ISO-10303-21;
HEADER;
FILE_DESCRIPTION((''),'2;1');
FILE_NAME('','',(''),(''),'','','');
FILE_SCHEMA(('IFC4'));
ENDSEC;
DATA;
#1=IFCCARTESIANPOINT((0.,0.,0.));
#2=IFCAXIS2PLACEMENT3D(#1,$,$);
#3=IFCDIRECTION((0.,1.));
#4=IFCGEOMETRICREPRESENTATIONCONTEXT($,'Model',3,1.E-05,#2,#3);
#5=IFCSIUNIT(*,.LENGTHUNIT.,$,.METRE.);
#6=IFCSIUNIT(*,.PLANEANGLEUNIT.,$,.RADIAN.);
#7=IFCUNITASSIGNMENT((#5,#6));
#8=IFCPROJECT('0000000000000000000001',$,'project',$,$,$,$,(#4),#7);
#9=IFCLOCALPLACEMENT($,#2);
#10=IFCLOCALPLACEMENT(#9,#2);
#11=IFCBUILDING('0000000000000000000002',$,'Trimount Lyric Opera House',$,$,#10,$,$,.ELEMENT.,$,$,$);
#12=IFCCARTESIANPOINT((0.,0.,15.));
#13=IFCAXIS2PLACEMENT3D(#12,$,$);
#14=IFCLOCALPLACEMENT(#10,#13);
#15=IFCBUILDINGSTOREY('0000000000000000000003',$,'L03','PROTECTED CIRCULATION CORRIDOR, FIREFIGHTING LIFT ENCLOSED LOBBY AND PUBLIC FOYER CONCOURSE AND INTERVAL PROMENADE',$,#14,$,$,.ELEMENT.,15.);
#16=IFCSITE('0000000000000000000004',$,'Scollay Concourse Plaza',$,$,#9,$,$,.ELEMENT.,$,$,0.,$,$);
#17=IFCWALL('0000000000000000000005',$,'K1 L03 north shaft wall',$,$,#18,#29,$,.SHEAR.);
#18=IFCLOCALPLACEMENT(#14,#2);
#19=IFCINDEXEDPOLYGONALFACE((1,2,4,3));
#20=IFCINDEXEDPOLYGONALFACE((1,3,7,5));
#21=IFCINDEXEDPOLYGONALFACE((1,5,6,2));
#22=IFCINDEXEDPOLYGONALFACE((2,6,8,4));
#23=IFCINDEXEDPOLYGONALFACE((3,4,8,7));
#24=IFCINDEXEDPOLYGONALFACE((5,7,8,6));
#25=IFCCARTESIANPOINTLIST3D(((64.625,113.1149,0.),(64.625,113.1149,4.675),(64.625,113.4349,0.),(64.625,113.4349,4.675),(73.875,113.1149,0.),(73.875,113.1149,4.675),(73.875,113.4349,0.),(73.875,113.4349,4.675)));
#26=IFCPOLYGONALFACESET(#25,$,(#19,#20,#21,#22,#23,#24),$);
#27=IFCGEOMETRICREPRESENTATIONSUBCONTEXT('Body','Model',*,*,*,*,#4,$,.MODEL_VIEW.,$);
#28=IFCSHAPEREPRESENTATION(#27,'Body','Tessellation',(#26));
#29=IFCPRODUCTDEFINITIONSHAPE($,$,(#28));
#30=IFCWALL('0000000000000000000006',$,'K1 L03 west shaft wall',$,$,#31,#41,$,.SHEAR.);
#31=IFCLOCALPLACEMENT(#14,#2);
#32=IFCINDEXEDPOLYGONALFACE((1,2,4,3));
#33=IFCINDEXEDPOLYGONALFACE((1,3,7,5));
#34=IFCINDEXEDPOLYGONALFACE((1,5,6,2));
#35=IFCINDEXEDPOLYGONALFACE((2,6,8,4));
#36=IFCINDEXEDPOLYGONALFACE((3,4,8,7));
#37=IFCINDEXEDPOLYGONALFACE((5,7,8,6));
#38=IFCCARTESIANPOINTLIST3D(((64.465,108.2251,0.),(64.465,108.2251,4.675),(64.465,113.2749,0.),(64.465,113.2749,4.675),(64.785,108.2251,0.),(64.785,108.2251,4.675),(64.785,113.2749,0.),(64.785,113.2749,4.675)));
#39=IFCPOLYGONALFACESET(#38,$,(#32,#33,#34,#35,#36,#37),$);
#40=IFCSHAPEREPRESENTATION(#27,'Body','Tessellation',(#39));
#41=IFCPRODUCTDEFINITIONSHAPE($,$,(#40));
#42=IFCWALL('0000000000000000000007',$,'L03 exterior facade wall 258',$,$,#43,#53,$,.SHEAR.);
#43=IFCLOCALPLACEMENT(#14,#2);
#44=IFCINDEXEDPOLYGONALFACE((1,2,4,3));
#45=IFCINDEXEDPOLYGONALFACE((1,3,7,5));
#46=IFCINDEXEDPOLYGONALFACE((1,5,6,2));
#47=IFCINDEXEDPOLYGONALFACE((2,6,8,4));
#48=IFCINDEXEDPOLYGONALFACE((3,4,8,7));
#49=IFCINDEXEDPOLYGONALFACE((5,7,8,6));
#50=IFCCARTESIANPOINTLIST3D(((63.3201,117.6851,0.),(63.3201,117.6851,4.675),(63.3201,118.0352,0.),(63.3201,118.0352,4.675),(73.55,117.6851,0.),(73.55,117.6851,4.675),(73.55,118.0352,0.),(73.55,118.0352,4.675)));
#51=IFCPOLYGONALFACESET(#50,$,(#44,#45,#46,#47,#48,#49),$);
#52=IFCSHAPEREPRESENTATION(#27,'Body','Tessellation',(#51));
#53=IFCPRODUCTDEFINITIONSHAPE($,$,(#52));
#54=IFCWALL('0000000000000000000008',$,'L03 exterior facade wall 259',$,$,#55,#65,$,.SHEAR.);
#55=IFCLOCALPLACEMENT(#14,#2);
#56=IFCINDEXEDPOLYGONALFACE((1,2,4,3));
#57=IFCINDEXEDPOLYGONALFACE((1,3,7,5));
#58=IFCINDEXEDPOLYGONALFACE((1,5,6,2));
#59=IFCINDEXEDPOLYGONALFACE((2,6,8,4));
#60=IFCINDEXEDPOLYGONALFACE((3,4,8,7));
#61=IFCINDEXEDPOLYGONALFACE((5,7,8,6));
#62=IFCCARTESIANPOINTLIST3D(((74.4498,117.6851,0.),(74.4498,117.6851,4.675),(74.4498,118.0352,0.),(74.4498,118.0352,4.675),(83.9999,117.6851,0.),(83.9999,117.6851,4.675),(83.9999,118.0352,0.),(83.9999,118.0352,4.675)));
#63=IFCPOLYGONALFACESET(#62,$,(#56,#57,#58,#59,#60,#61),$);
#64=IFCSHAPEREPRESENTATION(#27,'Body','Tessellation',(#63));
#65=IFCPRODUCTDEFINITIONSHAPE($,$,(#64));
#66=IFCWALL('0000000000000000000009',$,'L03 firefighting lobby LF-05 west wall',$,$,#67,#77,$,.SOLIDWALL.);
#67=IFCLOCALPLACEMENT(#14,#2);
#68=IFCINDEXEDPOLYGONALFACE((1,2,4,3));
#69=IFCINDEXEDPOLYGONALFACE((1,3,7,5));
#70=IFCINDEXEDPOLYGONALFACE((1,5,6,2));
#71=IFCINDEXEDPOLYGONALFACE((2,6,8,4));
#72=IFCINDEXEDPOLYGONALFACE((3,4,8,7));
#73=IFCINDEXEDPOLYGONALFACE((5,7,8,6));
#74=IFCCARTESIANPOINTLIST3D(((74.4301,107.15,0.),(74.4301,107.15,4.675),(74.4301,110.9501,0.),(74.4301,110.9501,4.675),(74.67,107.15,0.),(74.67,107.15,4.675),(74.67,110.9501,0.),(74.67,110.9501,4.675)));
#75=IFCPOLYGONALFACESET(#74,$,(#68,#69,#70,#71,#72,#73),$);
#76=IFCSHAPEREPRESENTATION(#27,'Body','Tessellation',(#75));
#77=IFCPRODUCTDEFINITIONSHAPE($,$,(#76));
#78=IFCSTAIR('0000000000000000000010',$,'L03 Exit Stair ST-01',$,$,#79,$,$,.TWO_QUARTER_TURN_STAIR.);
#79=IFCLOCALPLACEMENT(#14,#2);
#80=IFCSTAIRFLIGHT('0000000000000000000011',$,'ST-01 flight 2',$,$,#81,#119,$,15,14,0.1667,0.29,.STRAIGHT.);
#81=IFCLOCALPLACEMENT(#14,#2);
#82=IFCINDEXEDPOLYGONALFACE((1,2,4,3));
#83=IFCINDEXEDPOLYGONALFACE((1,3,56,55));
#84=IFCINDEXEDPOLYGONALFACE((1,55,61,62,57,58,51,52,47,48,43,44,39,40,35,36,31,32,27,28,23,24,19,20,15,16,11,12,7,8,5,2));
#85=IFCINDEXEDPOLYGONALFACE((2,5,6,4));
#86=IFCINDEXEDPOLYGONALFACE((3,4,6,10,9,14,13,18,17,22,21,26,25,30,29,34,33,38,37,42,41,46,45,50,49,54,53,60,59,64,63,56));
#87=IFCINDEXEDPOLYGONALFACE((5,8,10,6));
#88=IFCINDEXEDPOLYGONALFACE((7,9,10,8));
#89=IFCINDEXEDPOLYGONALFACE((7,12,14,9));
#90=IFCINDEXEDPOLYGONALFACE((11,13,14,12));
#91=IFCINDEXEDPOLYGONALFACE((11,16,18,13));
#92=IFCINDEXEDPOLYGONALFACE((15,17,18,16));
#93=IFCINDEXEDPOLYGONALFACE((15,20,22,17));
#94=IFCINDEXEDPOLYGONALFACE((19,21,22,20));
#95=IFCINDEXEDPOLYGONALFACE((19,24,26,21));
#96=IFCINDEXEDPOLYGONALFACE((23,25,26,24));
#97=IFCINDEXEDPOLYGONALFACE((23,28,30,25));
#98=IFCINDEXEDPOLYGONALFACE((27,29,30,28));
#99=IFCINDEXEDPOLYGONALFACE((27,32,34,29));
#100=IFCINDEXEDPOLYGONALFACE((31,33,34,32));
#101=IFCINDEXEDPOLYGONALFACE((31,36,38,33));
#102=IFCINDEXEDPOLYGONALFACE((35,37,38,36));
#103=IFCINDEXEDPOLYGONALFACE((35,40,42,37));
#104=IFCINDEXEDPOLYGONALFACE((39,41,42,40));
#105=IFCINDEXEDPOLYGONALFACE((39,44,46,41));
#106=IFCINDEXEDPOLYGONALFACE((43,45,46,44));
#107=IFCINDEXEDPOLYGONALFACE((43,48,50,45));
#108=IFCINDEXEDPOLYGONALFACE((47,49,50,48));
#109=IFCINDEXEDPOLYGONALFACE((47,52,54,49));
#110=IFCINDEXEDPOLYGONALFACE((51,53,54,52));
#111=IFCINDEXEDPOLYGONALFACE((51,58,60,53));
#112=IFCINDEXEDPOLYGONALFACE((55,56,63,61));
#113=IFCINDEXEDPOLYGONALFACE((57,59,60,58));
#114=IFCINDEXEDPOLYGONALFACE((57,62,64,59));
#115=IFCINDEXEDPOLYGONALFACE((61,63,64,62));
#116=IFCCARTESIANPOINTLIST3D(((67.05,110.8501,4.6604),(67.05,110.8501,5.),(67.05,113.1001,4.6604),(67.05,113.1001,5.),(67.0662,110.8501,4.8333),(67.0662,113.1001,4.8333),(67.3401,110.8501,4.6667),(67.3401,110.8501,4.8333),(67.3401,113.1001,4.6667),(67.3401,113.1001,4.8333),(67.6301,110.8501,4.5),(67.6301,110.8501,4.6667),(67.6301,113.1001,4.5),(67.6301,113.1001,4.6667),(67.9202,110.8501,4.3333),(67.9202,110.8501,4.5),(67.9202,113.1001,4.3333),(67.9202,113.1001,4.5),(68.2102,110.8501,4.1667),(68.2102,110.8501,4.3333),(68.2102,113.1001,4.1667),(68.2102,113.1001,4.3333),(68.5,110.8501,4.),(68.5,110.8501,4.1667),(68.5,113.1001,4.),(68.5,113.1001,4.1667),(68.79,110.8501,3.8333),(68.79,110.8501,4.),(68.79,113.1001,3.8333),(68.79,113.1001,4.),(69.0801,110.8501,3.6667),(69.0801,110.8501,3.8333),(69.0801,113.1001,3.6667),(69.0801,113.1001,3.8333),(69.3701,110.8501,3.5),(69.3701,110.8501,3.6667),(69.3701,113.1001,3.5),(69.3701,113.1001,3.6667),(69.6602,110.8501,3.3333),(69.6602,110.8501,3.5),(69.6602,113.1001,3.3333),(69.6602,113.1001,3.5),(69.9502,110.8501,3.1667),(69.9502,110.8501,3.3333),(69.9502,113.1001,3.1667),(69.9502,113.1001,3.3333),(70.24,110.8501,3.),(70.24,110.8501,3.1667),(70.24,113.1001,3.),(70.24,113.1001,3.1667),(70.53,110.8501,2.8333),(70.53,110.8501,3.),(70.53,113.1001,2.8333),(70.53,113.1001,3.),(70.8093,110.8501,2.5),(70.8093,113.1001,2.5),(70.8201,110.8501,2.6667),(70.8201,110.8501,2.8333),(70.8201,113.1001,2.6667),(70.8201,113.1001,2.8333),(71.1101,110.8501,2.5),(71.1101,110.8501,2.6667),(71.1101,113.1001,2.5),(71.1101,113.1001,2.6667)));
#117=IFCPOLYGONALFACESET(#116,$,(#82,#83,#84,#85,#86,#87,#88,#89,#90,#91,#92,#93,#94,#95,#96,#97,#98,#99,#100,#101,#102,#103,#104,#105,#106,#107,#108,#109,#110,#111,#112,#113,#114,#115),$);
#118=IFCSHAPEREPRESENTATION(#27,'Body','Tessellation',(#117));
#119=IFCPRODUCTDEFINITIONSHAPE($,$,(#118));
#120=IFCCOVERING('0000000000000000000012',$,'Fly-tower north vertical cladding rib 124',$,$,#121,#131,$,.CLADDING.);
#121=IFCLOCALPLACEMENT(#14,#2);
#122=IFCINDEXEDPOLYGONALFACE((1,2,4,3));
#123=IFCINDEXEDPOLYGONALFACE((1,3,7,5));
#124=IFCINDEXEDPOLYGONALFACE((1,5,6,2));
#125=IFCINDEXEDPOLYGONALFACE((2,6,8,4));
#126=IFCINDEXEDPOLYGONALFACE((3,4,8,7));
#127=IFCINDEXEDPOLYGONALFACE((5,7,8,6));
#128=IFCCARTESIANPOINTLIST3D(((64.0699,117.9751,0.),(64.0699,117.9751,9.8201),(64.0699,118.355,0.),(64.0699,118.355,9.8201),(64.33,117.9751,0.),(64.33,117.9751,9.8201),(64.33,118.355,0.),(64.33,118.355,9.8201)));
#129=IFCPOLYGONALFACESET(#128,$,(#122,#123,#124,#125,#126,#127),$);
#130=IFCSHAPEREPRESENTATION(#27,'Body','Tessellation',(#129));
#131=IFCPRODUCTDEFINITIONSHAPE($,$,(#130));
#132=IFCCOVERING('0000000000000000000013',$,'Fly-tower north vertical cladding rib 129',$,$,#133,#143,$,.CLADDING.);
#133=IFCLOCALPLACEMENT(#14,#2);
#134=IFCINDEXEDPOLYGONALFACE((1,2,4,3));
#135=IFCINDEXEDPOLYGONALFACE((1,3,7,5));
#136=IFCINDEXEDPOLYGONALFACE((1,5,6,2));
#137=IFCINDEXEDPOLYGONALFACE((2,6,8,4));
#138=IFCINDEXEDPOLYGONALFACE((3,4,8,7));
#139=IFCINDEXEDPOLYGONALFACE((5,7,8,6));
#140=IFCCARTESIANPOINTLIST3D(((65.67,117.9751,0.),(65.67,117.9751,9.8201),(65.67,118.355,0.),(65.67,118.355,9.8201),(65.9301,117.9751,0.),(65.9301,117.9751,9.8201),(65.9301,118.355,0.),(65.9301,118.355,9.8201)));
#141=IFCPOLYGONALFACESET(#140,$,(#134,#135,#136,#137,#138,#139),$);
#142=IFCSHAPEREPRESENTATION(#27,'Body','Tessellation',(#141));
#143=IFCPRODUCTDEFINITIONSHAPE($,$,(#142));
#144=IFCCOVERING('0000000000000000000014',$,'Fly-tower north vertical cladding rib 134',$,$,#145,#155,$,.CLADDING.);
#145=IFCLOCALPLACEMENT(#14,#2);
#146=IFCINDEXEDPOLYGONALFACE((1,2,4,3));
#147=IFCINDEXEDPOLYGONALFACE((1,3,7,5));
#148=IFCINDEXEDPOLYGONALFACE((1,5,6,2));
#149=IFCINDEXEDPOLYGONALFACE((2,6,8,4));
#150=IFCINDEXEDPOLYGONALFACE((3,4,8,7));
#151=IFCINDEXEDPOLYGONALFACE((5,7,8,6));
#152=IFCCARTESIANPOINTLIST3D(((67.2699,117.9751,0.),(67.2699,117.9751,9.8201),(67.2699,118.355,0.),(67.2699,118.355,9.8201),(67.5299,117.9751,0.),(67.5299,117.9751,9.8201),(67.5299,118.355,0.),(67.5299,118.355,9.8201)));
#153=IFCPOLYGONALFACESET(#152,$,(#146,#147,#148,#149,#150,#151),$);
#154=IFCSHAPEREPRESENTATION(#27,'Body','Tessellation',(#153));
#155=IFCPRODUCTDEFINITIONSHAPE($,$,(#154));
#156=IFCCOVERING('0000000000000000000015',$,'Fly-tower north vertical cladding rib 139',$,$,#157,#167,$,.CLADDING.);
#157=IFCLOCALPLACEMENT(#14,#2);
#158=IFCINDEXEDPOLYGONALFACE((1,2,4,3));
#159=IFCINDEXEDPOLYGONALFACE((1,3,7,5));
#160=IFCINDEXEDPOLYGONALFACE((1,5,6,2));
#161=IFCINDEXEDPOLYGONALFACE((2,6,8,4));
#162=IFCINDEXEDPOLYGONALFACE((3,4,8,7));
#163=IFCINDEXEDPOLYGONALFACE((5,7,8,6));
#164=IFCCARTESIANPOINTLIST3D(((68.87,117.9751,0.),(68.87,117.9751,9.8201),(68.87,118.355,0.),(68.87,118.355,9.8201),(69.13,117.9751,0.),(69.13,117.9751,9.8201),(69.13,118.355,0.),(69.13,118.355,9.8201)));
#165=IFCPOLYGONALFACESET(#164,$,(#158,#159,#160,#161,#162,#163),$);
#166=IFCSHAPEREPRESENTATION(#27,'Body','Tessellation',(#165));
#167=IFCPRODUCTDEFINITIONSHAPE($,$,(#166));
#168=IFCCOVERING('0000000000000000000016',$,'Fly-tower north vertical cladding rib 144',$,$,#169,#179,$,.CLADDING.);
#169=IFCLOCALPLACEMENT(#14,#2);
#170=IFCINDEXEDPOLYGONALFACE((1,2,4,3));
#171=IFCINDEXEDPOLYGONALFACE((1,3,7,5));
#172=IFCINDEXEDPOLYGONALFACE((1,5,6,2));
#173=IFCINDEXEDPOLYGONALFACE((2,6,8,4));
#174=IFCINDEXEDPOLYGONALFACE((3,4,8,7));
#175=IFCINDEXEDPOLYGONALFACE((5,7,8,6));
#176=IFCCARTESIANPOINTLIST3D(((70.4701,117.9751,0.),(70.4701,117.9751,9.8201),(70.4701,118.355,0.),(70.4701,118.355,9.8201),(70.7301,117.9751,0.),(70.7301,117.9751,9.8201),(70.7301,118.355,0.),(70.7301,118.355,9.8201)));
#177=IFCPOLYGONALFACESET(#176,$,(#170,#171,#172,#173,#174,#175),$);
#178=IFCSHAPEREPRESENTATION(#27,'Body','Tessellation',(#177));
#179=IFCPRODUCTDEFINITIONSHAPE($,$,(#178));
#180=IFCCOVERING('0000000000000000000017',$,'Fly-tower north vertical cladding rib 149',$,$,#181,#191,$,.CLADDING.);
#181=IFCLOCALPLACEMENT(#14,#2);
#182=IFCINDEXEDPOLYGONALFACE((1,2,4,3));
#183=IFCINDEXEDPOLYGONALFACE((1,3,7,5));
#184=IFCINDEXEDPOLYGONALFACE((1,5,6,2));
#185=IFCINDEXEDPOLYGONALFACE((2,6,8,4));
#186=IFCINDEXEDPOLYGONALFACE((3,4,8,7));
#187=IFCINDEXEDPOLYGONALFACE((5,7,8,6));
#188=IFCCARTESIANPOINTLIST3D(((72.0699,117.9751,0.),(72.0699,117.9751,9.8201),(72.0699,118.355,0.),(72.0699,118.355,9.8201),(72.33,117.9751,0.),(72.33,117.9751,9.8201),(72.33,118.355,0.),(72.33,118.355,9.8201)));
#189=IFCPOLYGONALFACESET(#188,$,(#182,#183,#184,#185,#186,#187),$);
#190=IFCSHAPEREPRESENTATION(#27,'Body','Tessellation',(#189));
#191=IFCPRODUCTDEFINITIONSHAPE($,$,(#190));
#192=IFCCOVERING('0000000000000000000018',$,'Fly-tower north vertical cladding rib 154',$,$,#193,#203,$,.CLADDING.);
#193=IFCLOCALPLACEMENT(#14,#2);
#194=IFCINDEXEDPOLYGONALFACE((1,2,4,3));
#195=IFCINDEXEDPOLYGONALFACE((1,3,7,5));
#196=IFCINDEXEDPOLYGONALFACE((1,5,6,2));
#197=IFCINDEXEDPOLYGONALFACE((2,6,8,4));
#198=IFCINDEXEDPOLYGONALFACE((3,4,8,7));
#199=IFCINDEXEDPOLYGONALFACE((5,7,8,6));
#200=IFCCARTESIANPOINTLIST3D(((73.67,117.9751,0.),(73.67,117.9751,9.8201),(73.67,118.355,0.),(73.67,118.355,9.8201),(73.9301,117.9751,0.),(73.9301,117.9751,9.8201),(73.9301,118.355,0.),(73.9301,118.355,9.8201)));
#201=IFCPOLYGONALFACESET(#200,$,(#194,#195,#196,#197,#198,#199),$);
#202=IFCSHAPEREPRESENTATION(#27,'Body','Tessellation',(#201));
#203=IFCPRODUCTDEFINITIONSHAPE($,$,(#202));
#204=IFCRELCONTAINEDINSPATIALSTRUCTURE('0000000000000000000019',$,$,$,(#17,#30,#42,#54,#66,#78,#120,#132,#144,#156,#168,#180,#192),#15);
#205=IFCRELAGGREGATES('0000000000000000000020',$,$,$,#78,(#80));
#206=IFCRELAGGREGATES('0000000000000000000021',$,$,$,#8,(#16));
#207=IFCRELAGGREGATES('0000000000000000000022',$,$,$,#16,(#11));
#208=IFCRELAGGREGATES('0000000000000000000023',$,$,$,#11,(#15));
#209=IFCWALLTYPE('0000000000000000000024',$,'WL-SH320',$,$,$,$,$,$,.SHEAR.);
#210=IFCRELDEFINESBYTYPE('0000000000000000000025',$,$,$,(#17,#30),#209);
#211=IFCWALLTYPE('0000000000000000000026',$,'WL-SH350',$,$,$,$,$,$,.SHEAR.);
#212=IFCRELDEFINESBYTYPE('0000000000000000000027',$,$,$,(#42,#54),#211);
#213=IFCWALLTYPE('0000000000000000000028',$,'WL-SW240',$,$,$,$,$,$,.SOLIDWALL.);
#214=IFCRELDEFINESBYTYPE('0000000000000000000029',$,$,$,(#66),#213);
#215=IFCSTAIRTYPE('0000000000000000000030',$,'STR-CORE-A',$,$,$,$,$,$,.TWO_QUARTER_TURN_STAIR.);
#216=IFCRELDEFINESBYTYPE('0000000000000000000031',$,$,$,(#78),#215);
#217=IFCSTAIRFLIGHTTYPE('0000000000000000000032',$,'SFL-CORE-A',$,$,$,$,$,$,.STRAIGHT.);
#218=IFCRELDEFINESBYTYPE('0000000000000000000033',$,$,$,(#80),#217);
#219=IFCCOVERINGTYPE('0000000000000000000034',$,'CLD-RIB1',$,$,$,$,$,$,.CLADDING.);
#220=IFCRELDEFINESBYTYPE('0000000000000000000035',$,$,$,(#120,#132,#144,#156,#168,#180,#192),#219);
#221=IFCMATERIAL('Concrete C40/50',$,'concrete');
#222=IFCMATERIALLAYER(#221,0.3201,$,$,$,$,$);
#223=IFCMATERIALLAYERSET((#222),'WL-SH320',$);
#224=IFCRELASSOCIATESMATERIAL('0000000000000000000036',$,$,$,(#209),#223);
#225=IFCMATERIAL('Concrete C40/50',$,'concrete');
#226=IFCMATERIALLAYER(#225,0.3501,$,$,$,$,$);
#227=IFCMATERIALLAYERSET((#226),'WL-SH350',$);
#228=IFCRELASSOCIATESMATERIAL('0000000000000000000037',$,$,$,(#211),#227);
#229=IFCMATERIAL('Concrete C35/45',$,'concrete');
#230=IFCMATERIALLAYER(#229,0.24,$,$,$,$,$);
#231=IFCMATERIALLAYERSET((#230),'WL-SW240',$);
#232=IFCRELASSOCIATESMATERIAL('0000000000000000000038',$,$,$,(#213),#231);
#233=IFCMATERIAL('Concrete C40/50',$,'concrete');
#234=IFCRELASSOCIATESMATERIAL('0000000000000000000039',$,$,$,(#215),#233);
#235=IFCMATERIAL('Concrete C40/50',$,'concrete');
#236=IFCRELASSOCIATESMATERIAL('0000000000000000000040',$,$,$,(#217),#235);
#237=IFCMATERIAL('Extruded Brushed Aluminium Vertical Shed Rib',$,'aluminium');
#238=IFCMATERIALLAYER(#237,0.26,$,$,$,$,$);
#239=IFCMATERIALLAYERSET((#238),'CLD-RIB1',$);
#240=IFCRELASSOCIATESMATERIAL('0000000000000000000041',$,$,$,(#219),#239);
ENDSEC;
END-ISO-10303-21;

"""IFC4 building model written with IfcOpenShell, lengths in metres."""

from ifc_helpers import new_model, si_unit, direction, frame, frame_2d, origin, origin_2d, place, context, subcontext, project, spatial, polyline, rectangle, outline, extrude, material, layer, layer_set, type_object, element, aggregate, save


model = new_model("IFC4")

# Units and contexts
model_context = context("Model", 3, precision=1e-05, world=origin(), true_north=direction((0.0, 1.0)))
body_context = subcontext(model_context, "Body", "Model", "MODEL_VIEW")
ifc_project = project(units=[si_unit("LENGTHUNIT", "METRE"), si_unit("PLANEANGLEUNIT", "RADIAN")], contexts=[model_context])

# Site, building, storey
site_placement = place(None, origin())
site = spatial("IfcSite", under=ifc_project, at=site_placement, Name="Scollay Concourse Plaza", CompositionType="ELEMENT", RefElevation=0.0)
building_placement = place(site_placement, origin())
building = spatial("IfcBuilding", under=site, at=building_placement, Name="Trimount Lyric Opera House", CompositionType="ELEMENT")
storey_placement = place(building_placement, frame((0.0, 0.0, 15.0)))
storey = spatial("IfcBuildingStorey", under=building, at=storey_placement, Name="L03", Description="PROTECTED CIRCULATION CORRIDOR, FIREFIGHTING LIFT ENCLOSED LOBBY AND PUBLIC FOYER CONCOURSE AND INTERVAL PROMENADE", CompositionType="ELEMENT", Elevation=15.0)

# Walls
ifc_material_1 = material(Name="Concrete C40/50", Category="concrete")
ifc_layer_1 = layer(ifc_material_1, 0.3201)
ifc_layer_set_1 = layer_set([ifc_layer_1], Name="WL-SH320")
wall_type_1 = type_object("IfcWallType", Name="WL-SH320", PredefinedType="SHEAR", material=ifc_layer_set_1)
wall_1_placement = place(storey_placement, frame((73.875, 113.2749, 0.0), z_axis=(0.0, 0.0, 1.0), x_axis=(-1.0, 0.0, 0.0)))
element("IfcWall", 1, at=wall_1_placement, inside=storey, type_object=wall_type_1, Name="K1 L03 north shaft wall", PredefinedType="SHEAR", context=body_context, shape_type="SweptSolid", body=[
    extrude(rectangle(XDim=9.25, YDim=0.3201, at=frame_2d((4.625, 0.0))), origin(), (0.0, 0.0, 1.0), 4.675),
])
wall_2_placement = place(storey_placement, frame((64.625, 113.2749, 0.0), z_axis=(0.0, 0.0, 1.0), x_axis=(0.0, -1.0, 0.0)))
element("IfcWall", 2, at=wall_2_placement, inside=storey, type_object=wall_type_1, Name="K1 L03 west shaft wall", PredefinedType="SHEAR", context=body_context, shape_type="SweptSolid", body=[
    extrude(rectangle(XDim=5.0498, YDim=0.3201, at=frame_2d((2.5249, 0.0))), origin(), (0.0, 0.0, 1.0), 4.675),
])
ifc_material_2 = material(Name="Concrete C40/50", Category="concrete")
ifc_layer_2 = layer(ifc_material_2, 0.3501)
ifc_layer_set_2 = layer_set([ifc_layer_2], Name="WL-SH350")
wall_type_2 = type_object("IfcWallType", Name="WL-SH350", PredefinedType="SHEAR", material=ifc_layer_set_2)
wall_3_placement = place(storey_placement, frame((63.3201, 117.8601, 0.0), z_axis=(0.0, 0.0, 1.0), x_axis=(1.0, 0.0, 0.0)))
element("IfcWall", 3, at=wall_3_placement, inside=storey, type_object=wall_type_2, Name="L03 exterior facade wall 258", PredefinedType="SHEAR", context=body_context, shape_type="SweptSolid", body=[
    extrude(rectangle(XDim=10.23, YDim=0.3501, at=frame_2d((5.115, 0.0))), origin(), (0.0, 0.0, 1.0), 4.675),
])
wall_4_placement = place(storey_placement, frame((74.45, 117.8601, 0.0), z_axis=(0.0, 0.0, 1.0), x_axis=(1.0, 0.0, 0.0)))
element("IfcWall", 4, at=wall_4_placement, inside=storey, type_object=wall_type_2, Name="L03 exterior facade wall 259", PredefinedType="SHEAR", context=body_context, shape_type="SweptSolid", body=[
    extrude(rectangle(XDim=9.55, YDim=0.3501, at=frame_2d((4.7749, 0.0))), origin(), (0.0, 0.0, 1.0), 4.675),
])
ifc_material_3 = material(Name="Concrete C35/45", Category="concrete")
ifc_layer_3 = layer(ifc_material_3, 0.24)
ifc_layer_set_3 = layer_set([ifc_layer_3], Name="WL-SW240")
wall_type_3 = type_object("IfcWallType", Name="WL-SW240", PredefinedType="SOLIDWALL", material=ifc_layer_set_3)
wall_5_placement = place(storey_placement, frame((74.55, 110.95, 0.0), z_axis=(0.0, 0.0, 1.0), x_axis=(0.0, -1.0, 0.0)))
element("IfcWall", 5, at=wall_5_placement, inside=storey, type_object=wall_type_3, Name="L03 firefighting lobby LF-05 west wall", PredefinedType="SOLIDWALL", context=body_context, shape_type="SweptSolid", body=[
    extrude(rectangle(XDim=3.8, YDim=0.24, at=frame_2d((1.8999, 0.0))), origin(), (0.0, 0.0, 1.0), 4.675),
])

# Stair, stair flight
ifc_material_4 = material(Name="Concrete C40/50", Category="concrete")
stair_type = type_object("IfcStairType", Name="STR-CORE-A", PredefinedType="TWO_QUARTER_TURN_STAIR", material=ifc_material_4)
stair_placement = place(storey_placement, origin())
stair = element("IfcStair", 6, at=stair_placement, inside=storey, type_object=stair_type, Name="L03 Exit Stair ST-01", PredefinedType="TWO_QUARTER_TURN_STAIR")
ifc_material_5 = material(Name="Concrete C40/50", Category="concrete")
stair_flight_type = type_object("IfcStairFlightType", Name="SFL-CORE-A", PredefinedType="STRAIGHT", material=ifc_material_5)
stair_flight_placement = place(storey_placement, frame((71.1101, 111.9751, 2.5), z_axis=(0.0, 0.0, 1.0), x_axis=(-1.0, 0.0, 0.0)))
stair_flight = element("IfcStairFlight", 7, at=stair_flight_placement, type_object=stair_flight_type, Name="ST-01 flight 2", NumberOfRisers=15, NumberOfTreads=14, PredefinedType="STRAIGHT", RiserHeight=0.1667, TreadLength=0.29, context=body_context, shape_type="SweptSolid", body=[
    extrude(outline(polyline([(0.0, 0.0), (0.0, 0.1667), (0.29, 0.1667), (0.29, 0.3333), (0.5801, 0.3333), (0.5801, 0.5), (0.8701, 0.5), (0.8701, 0.6667), (1.1599, 0.6667), (1.1599, 0.8333), (1.45, 0.8333), (1.45, 1.0), (1.74, 1.0), (1.74, 1.1667), (2.03, 1.1667), (2.03, 1.3333), (2.3201, 1.3333), (2.3201, 1.5), (2.6101, 1.5), (2.6101, 1.6667), (2.8999, 1.6667), (2.8999, 1.8333), (3.1899, 1.8333), (3.1899, 2.0), (3.48, 2.0), (3.48, 2.1667), (3.77, 2.1667), (3.77, 2.3333), (4.0439, 2.3333), (4.0601, 2.5), (4.0601, 2.1604), (0.3008, 0.0), (0.0, 0.0)])), frame((0.0, 1.125, 0.0), z_axis=(0.0, -1.0, 0.0), x_axis=(1.0, 0.0, 0.0)), (0.0, 0.0, 1.0), 2.25),
])
aggregate(stair, [stair_flight])

# Coverings
ifc_material_6 = material(Name="Extruded Brushed Aluminium Vertical Shed Rib", Category="aluminium")
ifc_layer_4 = layer(ifc_material_6, 0.26)
ifc_layer_set_4 = layer_set([ifc_layer_4], Name="CLD-RIB1")
covering_type_1 = type_object("IfcCoveringType", Name="CLD-RIB1", PredefinedType="CLADDING", material=ifc_layer_set_4)
for number, where, z_axis, x_axis, name in (
    (8, (64.2, 118.165, 0.0), (0.0, 0.0, 1.0), (1.0, 0.0, 0.0), "Fly-tower north vertical cladding rib 124"),
    (9, (65.8, 118.165, 0.0), (0.0, 0.0, 1.0), (1.0, 0.0, 0.0), "Fly-tower north vertical cladding rib 129"),
    (10, (67.3999, 118.165, 0.0), (0.0, 0.0, 1.0), (1.0, 0.0, 0.0), "Fly-tower north vertical cladding rib 134"),
    (11, (69.0, 118.165, 0.0), (0.0, 0.0, 1.0), (1.0, 0.0, 0.0), "Fly-tower north vertical cladding rib 139"),
    (12, (70.6001, 118.165, 0.0), (0.0, 0.0, 1.0), (1.0, 0.0, 0.0), "Fly-tower north vertical cladding rib 144"),
    (13, (72.2, 118.165, 0.0), (0.0, 0.0, 1.0), (1.0, 0.0, 0.0), "Fly-tower north vertical cladding rib 149"),
    (14, (73.8, 118.165, 0.0), (0.0, 0.0, 1.0), (1.0, 0.0, 0.0), "Fly-tower north vertical cladding rib 154"),
):
    element("IfcCovering", number, at=place(storey_placement, frame(where, z_axis=z_axis, x_axis=x_axis)), inside=storey, type_object=covering_type_1, Name=name, PredefinedType="CLADDING", context=body_context, shape_type="SweptSolid", body=[
        extrude(rectangle(XDim=0.26, YDim=0.3799, at=origin_2d()), origin(), (0.0, 0.0, 1.0), 9.8201),
    ])

save(model, "model.ifc")
